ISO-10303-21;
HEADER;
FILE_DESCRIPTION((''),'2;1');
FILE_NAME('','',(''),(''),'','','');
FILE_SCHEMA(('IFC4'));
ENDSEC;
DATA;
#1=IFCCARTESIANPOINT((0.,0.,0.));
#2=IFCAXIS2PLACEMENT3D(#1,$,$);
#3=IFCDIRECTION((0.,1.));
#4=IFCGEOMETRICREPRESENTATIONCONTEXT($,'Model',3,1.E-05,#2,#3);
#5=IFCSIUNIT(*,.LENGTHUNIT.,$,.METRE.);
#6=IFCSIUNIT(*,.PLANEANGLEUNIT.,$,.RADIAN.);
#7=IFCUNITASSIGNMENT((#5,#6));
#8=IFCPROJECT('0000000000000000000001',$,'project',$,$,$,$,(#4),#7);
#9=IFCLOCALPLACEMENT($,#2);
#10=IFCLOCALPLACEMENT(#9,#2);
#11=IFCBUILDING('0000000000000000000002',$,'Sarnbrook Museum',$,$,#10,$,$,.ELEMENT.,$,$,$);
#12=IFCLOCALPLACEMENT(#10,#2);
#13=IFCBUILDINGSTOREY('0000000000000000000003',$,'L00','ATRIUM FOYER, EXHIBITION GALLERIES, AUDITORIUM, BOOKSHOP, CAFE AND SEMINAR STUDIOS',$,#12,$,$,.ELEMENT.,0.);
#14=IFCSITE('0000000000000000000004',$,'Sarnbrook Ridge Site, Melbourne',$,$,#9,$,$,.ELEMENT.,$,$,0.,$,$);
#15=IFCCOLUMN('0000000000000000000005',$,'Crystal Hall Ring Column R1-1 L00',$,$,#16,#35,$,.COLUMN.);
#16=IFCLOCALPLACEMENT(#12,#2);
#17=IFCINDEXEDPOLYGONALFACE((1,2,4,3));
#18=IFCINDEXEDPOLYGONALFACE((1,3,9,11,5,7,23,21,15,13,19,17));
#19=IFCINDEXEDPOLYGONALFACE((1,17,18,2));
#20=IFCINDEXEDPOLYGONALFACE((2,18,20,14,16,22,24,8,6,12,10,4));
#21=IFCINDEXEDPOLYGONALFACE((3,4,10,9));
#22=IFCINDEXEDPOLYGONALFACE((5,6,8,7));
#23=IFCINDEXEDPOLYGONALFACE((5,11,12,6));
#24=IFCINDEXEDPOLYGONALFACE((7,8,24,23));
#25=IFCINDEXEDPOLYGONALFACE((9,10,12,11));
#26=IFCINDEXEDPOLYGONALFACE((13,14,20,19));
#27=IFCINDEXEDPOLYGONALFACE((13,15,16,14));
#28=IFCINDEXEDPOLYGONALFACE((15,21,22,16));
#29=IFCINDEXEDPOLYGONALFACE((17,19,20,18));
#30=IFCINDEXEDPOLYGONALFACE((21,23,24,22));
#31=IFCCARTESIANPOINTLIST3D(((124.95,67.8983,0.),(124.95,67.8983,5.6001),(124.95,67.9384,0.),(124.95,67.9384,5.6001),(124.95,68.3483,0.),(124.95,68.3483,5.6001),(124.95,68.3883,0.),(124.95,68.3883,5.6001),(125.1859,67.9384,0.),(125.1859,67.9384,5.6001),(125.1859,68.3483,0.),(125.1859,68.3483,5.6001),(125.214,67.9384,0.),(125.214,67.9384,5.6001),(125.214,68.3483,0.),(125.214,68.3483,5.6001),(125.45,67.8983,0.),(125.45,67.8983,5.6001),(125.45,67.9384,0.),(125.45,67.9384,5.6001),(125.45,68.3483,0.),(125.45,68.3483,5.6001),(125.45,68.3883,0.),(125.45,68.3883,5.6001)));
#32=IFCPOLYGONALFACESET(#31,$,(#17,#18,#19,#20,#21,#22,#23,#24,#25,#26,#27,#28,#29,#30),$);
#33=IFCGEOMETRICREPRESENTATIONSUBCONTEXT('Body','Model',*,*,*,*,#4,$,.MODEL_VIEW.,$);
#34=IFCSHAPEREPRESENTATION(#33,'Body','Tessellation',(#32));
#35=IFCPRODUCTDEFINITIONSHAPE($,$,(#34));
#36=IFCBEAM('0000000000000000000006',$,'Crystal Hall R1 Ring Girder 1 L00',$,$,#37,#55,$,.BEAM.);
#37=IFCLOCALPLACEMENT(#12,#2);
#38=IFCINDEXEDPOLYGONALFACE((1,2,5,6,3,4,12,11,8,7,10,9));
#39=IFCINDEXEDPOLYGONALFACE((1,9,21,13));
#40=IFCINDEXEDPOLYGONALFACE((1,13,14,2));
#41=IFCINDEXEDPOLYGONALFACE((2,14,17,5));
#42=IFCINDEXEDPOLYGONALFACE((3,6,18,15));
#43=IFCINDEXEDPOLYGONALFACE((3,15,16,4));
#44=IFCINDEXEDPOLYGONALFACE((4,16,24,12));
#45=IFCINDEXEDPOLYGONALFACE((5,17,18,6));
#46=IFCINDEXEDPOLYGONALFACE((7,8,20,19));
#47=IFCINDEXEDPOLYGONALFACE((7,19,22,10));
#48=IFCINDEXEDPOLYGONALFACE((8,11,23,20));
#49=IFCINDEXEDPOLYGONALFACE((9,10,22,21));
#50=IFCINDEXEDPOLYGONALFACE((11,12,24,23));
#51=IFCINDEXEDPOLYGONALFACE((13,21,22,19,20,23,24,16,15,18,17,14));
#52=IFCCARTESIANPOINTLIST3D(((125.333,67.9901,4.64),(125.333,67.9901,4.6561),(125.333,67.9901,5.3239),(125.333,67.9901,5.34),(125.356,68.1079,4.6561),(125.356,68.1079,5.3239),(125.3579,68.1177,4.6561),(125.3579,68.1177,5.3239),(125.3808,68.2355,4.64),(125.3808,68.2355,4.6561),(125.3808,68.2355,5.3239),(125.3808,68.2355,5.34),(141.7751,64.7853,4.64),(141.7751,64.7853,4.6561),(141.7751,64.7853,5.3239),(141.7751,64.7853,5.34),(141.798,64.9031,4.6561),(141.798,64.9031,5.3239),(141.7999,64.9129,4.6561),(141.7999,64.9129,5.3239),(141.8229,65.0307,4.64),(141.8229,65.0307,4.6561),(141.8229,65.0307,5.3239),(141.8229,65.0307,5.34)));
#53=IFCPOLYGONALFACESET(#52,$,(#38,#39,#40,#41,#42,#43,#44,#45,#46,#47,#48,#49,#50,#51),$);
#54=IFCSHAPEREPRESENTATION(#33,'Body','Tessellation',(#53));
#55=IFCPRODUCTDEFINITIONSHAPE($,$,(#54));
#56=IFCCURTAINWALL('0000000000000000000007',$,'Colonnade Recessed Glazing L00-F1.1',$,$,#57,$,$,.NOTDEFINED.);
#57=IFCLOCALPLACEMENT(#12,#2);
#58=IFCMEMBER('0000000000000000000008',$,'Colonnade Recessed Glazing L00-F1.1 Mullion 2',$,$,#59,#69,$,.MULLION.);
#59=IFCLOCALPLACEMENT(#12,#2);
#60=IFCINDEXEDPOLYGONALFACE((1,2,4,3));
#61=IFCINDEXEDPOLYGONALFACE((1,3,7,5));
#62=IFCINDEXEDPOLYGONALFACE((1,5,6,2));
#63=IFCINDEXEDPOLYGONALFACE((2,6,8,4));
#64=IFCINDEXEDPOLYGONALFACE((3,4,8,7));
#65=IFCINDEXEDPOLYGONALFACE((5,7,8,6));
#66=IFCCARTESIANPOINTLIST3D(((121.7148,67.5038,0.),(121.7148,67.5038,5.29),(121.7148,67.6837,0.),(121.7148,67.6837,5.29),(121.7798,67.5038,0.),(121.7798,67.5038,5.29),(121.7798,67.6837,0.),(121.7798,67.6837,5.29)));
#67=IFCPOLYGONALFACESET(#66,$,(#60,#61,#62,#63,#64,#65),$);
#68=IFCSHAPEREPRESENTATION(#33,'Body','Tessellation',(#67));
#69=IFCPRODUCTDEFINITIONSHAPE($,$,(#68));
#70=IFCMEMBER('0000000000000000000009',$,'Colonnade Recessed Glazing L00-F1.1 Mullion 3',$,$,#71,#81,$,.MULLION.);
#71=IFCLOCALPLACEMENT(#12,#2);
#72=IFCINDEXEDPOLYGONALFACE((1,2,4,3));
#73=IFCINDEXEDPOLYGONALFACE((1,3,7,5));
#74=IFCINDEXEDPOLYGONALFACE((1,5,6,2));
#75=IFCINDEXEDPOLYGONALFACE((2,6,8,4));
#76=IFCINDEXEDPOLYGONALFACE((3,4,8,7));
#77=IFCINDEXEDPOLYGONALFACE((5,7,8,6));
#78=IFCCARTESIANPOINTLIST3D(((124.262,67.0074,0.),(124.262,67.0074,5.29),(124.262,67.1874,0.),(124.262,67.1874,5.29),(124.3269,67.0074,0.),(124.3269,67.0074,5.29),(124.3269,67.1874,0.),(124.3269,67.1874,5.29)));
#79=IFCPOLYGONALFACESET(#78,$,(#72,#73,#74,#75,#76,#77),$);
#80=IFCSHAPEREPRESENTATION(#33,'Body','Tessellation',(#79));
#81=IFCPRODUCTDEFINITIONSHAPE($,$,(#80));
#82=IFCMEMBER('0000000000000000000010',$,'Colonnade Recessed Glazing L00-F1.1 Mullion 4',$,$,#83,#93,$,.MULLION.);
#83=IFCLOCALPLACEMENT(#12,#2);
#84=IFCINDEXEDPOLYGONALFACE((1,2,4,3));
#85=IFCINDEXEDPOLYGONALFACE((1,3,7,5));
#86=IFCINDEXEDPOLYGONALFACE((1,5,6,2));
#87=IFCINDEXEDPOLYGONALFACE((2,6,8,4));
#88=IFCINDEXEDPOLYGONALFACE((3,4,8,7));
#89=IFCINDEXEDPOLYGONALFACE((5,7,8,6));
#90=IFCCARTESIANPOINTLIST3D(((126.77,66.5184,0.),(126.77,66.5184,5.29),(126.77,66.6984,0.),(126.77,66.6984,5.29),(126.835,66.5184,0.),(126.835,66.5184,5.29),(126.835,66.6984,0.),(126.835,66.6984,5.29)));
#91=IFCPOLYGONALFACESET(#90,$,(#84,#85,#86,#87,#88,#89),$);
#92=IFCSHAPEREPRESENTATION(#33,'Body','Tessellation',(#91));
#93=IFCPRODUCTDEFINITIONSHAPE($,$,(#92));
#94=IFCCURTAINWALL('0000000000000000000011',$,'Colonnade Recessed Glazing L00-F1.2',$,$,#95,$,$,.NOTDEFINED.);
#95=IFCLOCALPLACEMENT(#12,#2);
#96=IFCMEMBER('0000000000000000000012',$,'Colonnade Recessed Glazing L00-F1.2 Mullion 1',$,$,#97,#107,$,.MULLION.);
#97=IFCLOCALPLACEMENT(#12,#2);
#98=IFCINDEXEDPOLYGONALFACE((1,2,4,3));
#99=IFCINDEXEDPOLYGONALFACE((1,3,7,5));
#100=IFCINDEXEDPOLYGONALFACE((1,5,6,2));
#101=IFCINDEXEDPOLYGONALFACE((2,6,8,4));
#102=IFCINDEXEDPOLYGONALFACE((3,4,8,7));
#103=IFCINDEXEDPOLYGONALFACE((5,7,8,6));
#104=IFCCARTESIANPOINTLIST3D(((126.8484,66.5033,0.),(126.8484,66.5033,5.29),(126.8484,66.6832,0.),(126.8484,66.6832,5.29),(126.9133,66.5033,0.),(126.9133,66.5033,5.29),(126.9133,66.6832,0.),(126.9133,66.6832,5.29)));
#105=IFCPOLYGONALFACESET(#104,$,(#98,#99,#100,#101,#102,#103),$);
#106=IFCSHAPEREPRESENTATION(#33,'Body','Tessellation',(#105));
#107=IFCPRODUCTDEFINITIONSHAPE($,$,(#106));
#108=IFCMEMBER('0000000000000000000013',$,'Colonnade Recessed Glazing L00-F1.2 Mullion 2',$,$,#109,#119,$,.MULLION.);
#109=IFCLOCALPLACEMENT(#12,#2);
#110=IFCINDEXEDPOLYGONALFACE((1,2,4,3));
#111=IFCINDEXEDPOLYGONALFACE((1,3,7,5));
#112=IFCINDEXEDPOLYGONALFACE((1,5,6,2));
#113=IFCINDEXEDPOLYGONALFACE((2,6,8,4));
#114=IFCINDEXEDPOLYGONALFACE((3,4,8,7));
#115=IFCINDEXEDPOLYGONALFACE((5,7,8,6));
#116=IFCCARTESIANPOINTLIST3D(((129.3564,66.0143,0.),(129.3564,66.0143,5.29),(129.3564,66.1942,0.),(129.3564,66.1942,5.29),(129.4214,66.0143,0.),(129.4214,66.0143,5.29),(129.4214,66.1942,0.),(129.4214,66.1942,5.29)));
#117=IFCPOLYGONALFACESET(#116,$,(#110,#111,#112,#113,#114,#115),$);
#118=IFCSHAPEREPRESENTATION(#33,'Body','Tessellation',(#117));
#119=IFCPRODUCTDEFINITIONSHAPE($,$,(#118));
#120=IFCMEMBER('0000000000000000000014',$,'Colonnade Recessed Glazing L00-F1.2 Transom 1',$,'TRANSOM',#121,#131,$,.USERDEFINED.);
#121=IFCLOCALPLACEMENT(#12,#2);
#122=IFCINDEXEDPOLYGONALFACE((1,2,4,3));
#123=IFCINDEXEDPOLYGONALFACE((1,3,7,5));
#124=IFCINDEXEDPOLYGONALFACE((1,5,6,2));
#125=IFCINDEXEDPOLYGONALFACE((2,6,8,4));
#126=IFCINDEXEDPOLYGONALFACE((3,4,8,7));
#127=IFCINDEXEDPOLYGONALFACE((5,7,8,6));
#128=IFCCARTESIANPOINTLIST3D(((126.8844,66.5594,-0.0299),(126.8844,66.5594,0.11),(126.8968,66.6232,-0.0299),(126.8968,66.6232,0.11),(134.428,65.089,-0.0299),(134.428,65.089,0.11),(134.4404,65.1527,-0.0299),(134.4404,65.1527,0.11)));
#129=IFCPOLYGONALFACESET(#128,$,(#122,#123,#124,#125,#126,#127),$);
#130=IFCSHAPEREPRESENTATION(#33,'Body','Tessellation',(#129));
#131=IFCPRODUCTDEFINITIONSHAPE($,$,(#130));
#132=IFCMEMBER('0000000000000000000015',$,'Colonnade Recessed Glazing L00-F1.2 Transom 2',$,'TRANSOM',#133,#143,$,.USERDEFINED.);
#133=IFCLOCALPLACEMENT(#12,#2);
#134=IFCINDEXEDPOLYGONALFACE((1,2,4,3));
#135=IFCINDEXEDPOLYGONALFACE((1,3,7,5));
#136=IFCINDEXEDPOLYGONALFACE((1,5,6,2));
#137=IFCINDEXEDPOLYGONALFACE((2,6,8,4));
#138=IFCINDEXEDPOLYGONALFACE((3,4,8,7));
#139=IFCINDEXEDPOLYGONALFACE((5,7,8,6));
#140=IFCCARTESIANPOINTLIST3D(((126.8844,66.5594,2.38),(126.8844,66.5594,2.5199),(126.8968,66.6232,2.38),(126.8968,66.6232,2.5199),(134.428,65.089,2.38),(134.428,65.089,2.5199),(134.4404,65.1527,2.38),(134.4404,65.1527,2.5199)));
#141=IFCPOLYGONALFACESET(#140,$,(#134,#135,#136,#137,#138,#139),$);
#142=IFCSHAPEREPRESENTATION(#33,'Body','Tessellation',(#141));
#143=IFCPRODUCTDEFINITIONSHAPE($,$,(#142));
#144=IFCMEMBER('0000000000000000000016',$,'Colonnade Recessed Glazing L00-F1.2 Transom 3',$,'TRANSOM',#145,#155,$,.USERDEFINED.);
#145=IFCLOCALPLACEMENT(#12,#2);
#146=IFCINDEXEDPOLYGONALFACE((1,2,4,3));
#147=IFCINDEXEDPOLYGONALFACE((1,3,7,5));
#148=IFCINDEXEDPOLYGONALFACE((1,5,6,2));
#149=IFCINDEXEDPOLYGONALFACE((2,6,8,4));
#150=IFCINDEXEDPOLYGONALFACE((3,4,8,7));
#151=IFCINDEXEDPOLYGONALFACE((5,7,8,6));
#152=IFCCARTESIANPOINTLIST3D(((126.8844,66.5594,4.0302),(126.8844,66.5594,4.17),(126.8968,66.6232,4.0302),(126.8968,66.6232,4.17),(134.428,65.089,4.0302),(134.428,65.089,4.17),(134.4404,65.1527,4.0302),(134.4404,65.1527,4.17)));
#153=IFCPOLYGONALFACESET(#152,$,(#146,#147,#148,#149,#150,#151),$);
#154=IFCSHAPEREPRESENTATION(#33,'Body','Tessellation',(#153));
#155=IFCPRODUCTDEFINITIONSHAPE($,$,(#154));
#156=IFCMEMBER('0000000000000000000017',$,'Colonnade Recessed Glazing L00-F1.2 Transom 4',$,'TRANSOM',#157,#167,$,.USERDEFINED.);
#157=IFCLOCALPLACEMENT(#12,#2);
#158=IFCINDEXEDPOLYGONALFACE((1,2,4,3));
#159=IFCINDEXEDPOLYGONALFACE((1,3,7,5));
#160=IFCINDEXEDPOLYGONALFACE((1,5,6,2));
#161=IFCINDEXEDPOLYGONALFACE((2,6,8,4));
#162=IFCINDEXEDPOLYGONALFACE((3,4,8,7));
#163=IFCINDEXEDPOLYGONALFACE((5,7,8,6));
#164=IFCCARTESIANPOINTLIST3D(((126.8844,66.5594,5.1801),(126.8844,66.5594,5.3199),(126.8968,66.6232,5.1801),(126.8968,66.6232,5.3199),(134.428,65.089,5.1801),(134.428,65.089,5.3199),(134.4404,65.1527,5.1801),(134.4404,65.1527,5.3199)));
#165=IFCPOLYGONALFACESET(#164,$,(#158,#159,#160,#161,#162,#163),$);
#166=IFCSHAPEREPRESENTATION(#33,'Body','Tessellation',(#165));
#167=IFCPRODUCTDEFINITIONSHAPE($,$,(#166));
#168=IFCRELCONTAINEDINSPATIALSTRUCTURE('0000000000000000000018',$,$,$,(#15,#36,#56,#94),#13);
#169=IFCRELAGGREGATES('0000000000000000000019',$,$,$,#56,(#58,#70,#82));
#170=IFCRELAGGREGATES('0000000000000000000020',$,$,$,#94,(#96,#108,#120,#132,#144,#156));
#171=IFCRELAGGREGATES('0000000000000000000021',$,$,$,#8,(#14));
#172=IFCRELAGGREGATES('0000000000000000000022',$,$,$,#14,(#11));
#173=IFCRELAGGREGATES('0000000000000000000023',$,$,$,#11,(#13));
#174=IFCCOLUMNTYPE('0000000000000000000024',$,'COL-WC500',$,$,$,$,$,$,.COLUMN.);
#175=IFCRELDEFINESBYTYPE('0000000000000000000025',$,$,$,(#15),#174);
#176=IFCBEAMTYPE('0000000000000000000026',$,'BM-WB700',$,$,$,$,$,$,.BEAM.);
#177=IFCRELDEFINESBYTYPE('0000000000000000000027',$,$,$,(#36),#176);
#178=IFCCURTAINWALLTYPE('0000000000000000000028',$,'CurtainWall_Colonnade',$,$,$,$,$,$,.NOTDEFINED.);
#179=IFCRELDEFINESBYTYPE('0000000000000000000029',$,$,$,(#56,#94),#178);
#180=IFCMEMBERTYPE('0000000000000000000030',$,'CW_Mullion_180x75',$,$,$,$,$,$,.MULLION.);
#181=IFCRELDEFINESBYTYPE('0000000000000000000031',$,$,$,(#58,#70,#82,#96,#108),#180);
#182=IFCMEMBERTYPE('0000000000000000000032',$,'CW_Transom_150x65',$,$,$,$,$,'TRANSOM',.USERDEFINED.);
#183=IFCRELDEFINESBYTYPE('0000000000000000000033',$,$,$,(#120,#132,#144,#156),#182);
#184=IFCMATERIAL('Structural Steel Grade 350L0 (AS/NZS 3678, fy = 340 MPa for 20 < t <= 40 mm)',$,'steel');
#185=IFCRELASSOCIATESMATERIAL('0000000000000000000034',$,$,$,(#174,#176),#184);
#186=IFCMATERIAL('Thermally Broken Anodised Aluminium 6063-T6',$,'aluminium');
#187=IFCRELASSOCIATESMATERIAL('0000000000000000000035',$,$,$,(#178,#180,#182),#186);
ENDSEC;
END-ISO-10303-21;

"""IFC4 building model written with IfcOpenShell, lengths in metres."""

from ifc_helpers import new_model, si_unit, direction, frame, origin, origin_2d, place, context, subcontext, project, spatial, rectangle, i_section, extrude, material, material_profile, profile_set, type_object, element, aggregate, save


model = new_model("IFC4")

# Units and contexts
model_context = context("Model", 3, precision=1e-05, world=origin(), true_north=direction((0.0, 1.0)))
body_context = subcontext(model_context, "Body", "Model", "MODEL_VIEW")
ifc_project = project(units=[si_unit("LENGTHUNIT", "METRE"), si_unit("PLANEANGLEUNIT", "RADIAN")], contexts=[model_context])

# Site, building, storey
site_placement = place(None, origin())
site = spatial("IfcSite", under=ifc_project, at=site_placement, Name="Sarnbrook Ridge Site, Melbourne", CompositionType="ELEMENT", RefElevation=0.0)
building_placement = place(site_placement, origin())
building = spatial("IfcBuilding", under=site, at=building_placement, Name="Sarnbrook Museum", CompositionType="ELEMENT")
storey_placement = place(building_placement, origin())
storey = spatial("IfcBuildingStorey", under=building, at=storey_placement, Name="L00", Description="ATRIUM FOYER, EXHIBITION GALLERIES, AUDITORIUM, BOOKSHOP, CAFE AND SEMINAR STUDIOS", CompositionType="ELEMENT", Elevation=0.0)

# Column
ifc_material_1 = material(Name="Structural Steel Grade 350L0 (AS/NZS 3678, fy = 340 MPa for 20 < t <= 40 mm)", Category="steel")
ifc_material_profile_1 = material_profile(ifc_material_1, i_section(OverallWidth=0.5, OverallDepth=0.49, WebThickness=0.0281, FlangeThickness=0.04, at=origin_2d()), Name="500WC340")
ifc_profile_set_1 = profile_set([ifc_material_profile_1], Name="Structural Steel Grade 350L0 (AS/NZS 3678, fy = 340 MPa for 20 < t <= 40 mm)")
column_type = type_object("IfcColumnType", Name="COL-WC500", PredefinedType="COLUMN", material=ifc_profile_set_1)
column_placement = place(storey_placement, frame((125.2, 68.1433, 0.0), z_axis=(0.0, 0.0, 1.0), x_axis=(1.0, 0.0, 0.0)))
element("IfcColumn", 1, at=column_placement, inside=storey, type_object=column_type, Name="Crystal Hall Ring Column R1-1 L00", PredefinedType="COLUMN", context=body_context, shape_type="SweptSolid", body=[
    extrude(i_section(OverallWidth=0.5, OverallDepth=0.49, WebThickness=0.0281, FlangeThickness=0.04, at=origin_2d()), origin(), (0.0, 0.0, 1.0), 5.6001),
])

# Beam
ifc_material_profile_2 = material_profile(ifc_material_1, i_section(OverallWidth=0.25, OverallDepth=0.7, WebThickness=0.01, FlangeThickness=0.0161, at=origin_2d()), Name="700WB130")
ifc_profile_set_2 = profile_set([ifc_material_profile_2], Name="Structural Steel Grade 350L0 (AS/NZS 3678, fy = 340 MPa for 20 < t <= 40 mm)")
beam_type_1 = type_object("IfcBeamType", Name="BM-WB700", PredefinedType="BEAM", material=ifc_profile_set_2)
beam_1_placement = place(storey_placement, frame((125.3569, 68.1128, 4.99), z_axis=(0.981529, -0.191316, 0.0), x_axis=(0.191316, 0.981529, 0.0)))
element("IfcBeam", 2, at=beam_1_placement, inside=storey, type_object=beam_type_1, Name="Crystal Hall R1 Ring Girder 1 L00", PredefinedType="BEAM", context=body_context, shape_type="SweptSolid", body=[
    extrude(i_section(OverallWidth=0.25, OverallDepth=0.7, WebThickness=0.01, FlangeThickness=0.0161, at=origin_2d()), origin(), (0.0, 0.0, 1.0), 16.7515),
])

# Curtain walls, members
ifc_material_2 = material(Name="Thermally Broken Anodised Aluminium 6063-T6", Category="aluminium")
curtain_wall_type = type_object("IfcCurtainWallType", Name="CurtainWall_Colonnade", PredefinedType="NOTDEFINED", material=ifc_material_2)
curtain_wall_1_placement = place(storey_placement, origin())
curtain_wall_1 = element("IfcCurtainWall", 3, at=curtain_wall_1_placement, inside=storey, type_object=curtain_wall_type, Name="Colonnade Recessed Glazing L00-F1.1", PredefinedType="NOTDEFINED")
ifc_material_profile_3 = material_profile(ifc_material_2, rectangle(XDim=0.0649, YDim=0.1799, at=origin_2d()), Name="ALU MULLION 65x180")
ifc_profile_set_3 = profile_set([ifc_material_profile_3], Name="Thermally Broken Anodised Aluminium 6063-T6")
member_type_1 = type_object("IfcMemberType", Name="CW_Mullion_180x75", PredefinedType="MULLION", material=ifc_profile_set_3)
member_1_placement = place(storey_placement, frame((121.7473, 67.5938, 0.0), z_axis=(0.0, 0.0, 1.0), x_axis=(1.0, 0.0, 0.0)))
member_1 = element("IfcMember", 4, at=member_1_placement, type_object=member_type_1, Name="Colonnade Recessed Glazing L00-F1.1 Mullion 2", PredefinedType="MULLION", context=body_context, shape_type="SweptSolid", body=[
    extrude(rectangle(XDim=0.0649, YDim=0.1799, at=origin_2d()), origin(), (0.0, 0.0, 1.0), 5.29),
])
member_2_placement = place(storey_placement, frame((124.2944, 67.0974, 0.0), z_axis=(0.0, 0.0, 1.0), x_axis=(1.0, 0.0, 0.0)))
member_2 = element("IfcMember", 5, at=member_2_placement, type_object=member_type_1, Name="Colonnade Recessed Glazing L00-F1.1 Mullion 3", PredefinedType="MULLION", context=body_context, shape_type="SweptSolid", body=[
    extrude(rectangle(XDim=0.0649, YDim=0.1799, at=origin_2d()), origin(), (0.0, 0.0, 1.0), 5.29),
])
member_3_placement = place(storey_placement, frame((126.8025, 66.6084, 0.0), z_axis=(0.0, 0.0, 1.0), x_axis=(1.0, 0.0, 0.0)))
member_3 = element("IfcMember", 6, at=member_3_placement, type_object=member_type_1, Name="Colonnade Recessed Glazing L00-F1.1 Mullion 4", PredefinedType="MULLION", context=body_context, shape_type="SweptSolid", body=[
    extrude(rectangle(XDim=0.0649, YDim=0.1799, at=origin_2d()), origin(), (0.0, 0.0, 1.0), 5.29),
])
curtain_wall_2_placement = place(storey_placement, origin())
curtain_wall_2 = element("IfcCurtainWall", 7, at=curtain_wall_2_placement, inside=storey, type_object=curtain_wall_type, Name="Colonnade Recessed Glazing L00-F1.2", PredefinedType="NOTDEFINED")
member_4_placement = place(storey_placement, frame((126.8809, 66.5933, 0.0), z_axis=(0.0, 0.0, 1.0), x_axis=(1.0, 0.0, 0.0)))
member_4 = element("IfcMember", 8, at=member_4_placement, type_object=member_type_1, Name="Colonnade Recessed Glazing L00-F1.2 Mullion 1", PredefinedType="MULLION", context=body_context, shape_type="SweptSolid", body=[
    extrude(rectangle(XDim=0.0649, YDim=0.1799, at=origin_2d()), origin(), (0.0, 0.0, 1.0), 5.29),
])
member_5_placement = place(storey_placement, frame((129.3889, 66.1042, 0.0), z_axis=(0.0, 0.0, 1.0), x_axis=(1.0, 0.0, 0.0)))
member_5 = element("IfcMember", 9, at=member_5_placement, type_object=member_type_1, Name="Colonnade Recessed Glazing L00-F1.2 Mullion 2", PredefinedType="MULLION", context=body_context, shape_type="SweptSolid", body=[
    extrude(rectangle(XDim=0.0649, YDim=0.1799, at=origin_2d()), origin(), (0.0, 0.0, 1.0), 5.29),
])
ifc_material_profile_4 = material_profile(ifc_material_2, rectangle(XDim=0.0649, YDim=0.1399, at=origin_2d()), Name="ALU TRANSOM 65x140")
ifc_profile_set_4 = profile_set([ifc_material_profile_4], Name="Thermally Broken Anodised Aluminium 6063-T6")
member_type_2 = type_object("IfcMemberType", Name="CW_Transom_150x65", ElementType="TRANSOM", PredefinedType="USERDEFINED", material=ifc_profile_set_4)
member_6_placement = place(storey_placement, frame((126.8906, 66.5913, 0.04), z_axis=(0.981526, -0.19133, 0.0), x_axis=(0.19133, 0.981526, 0.0)))
member_6 = element("IfcMember", 10, at=member_6_placement, type_object=member_type_2, Name="Colonnade Recessed Glazing L00-F1.2 Transom 1", ObjectType="TRANSOM", PredefinedType="USERDEFINED", context=body_context, shape_type="SweptSolid", body=[
    extrude(rectangle(XDim=0.0649, YDim=0.1399, at=origin_2d()), origin(), (0.0, 0.0, 1.0), 7.6855),
])
member_7_placement = place(storey_placement, frame((126.8906, 66.5913, 2.45), z_axis=(0.981526, -0.19133, 0.0), x_axis=(0.19133, 0.981526, 0.0)))
member_7 = element("IfcMember", 11, at=member_7_placement, type_object=member_type_2, Name="Colonnade Recessed Glazing L00-F1.2 Transom 2", ObjectType="TRANSOM", PredefinedType="USERDEFINED", context=body_context, shape_type="SweptSolid", body=[
    extrude(rectangle(XDim=0.0649, YDim=0.1399, at=origin_2d()), origin(), (0.0, 0.0, 1.0), 7.6855),
])
member_8_placement = place(storey_placement, frame((126.8906, 66.5913, 4.1001), z_axis=(0.981526, -0.19133, 0.0), x_axis=(0.19133, 0.981526, 0.0)))
member_8 = element("IfcMember", 12, at=member_8_placement, type_object=member_type_2, Name="Colonnade Recessed Glazing L00-F1.2 Transom 3", ObjectType="TRANSOM", PredefinedType="USERDEFINED", context=body_context, shape_type="SweptSolid", body=[
    extrude(rectangle(XDim=0.0649, YDim=0.1399, at=origin_2d()), origin(), (0.0, 0.0, 1.0), 7.6855),
])
member_9_placement = place(storey_placement, frame((126.8906, 66.5913, 5.25), z_axis=(0.981526, -0.19133, 0.0), x_axis=(0.19133, 0.981526, 0.0)))
member_9 = element("IfcMember", 13, at=member_9_placement, type_object=member_type_2, Name="Colonnade Recessed Glazing L00-F1.2 Transom 4", ObjectType="TRANSOM", PredefinedType="USERDEFINED", context=body_context, shape_type="SweptSolid", body=[
    extrude(rectangle(XDim=0.0649, YDim=0.1399, at=origin_2d()), origin(), (0.0, 0.0, 1.0), 7.6855),
])

aggregate(curtain_wall_1, [member_1, member_2, member_3])
aggregate(curtain_wall_2, [member_4, member_5, member_6, member_7, member_8, member_9])

save(model, "model.ifc")
